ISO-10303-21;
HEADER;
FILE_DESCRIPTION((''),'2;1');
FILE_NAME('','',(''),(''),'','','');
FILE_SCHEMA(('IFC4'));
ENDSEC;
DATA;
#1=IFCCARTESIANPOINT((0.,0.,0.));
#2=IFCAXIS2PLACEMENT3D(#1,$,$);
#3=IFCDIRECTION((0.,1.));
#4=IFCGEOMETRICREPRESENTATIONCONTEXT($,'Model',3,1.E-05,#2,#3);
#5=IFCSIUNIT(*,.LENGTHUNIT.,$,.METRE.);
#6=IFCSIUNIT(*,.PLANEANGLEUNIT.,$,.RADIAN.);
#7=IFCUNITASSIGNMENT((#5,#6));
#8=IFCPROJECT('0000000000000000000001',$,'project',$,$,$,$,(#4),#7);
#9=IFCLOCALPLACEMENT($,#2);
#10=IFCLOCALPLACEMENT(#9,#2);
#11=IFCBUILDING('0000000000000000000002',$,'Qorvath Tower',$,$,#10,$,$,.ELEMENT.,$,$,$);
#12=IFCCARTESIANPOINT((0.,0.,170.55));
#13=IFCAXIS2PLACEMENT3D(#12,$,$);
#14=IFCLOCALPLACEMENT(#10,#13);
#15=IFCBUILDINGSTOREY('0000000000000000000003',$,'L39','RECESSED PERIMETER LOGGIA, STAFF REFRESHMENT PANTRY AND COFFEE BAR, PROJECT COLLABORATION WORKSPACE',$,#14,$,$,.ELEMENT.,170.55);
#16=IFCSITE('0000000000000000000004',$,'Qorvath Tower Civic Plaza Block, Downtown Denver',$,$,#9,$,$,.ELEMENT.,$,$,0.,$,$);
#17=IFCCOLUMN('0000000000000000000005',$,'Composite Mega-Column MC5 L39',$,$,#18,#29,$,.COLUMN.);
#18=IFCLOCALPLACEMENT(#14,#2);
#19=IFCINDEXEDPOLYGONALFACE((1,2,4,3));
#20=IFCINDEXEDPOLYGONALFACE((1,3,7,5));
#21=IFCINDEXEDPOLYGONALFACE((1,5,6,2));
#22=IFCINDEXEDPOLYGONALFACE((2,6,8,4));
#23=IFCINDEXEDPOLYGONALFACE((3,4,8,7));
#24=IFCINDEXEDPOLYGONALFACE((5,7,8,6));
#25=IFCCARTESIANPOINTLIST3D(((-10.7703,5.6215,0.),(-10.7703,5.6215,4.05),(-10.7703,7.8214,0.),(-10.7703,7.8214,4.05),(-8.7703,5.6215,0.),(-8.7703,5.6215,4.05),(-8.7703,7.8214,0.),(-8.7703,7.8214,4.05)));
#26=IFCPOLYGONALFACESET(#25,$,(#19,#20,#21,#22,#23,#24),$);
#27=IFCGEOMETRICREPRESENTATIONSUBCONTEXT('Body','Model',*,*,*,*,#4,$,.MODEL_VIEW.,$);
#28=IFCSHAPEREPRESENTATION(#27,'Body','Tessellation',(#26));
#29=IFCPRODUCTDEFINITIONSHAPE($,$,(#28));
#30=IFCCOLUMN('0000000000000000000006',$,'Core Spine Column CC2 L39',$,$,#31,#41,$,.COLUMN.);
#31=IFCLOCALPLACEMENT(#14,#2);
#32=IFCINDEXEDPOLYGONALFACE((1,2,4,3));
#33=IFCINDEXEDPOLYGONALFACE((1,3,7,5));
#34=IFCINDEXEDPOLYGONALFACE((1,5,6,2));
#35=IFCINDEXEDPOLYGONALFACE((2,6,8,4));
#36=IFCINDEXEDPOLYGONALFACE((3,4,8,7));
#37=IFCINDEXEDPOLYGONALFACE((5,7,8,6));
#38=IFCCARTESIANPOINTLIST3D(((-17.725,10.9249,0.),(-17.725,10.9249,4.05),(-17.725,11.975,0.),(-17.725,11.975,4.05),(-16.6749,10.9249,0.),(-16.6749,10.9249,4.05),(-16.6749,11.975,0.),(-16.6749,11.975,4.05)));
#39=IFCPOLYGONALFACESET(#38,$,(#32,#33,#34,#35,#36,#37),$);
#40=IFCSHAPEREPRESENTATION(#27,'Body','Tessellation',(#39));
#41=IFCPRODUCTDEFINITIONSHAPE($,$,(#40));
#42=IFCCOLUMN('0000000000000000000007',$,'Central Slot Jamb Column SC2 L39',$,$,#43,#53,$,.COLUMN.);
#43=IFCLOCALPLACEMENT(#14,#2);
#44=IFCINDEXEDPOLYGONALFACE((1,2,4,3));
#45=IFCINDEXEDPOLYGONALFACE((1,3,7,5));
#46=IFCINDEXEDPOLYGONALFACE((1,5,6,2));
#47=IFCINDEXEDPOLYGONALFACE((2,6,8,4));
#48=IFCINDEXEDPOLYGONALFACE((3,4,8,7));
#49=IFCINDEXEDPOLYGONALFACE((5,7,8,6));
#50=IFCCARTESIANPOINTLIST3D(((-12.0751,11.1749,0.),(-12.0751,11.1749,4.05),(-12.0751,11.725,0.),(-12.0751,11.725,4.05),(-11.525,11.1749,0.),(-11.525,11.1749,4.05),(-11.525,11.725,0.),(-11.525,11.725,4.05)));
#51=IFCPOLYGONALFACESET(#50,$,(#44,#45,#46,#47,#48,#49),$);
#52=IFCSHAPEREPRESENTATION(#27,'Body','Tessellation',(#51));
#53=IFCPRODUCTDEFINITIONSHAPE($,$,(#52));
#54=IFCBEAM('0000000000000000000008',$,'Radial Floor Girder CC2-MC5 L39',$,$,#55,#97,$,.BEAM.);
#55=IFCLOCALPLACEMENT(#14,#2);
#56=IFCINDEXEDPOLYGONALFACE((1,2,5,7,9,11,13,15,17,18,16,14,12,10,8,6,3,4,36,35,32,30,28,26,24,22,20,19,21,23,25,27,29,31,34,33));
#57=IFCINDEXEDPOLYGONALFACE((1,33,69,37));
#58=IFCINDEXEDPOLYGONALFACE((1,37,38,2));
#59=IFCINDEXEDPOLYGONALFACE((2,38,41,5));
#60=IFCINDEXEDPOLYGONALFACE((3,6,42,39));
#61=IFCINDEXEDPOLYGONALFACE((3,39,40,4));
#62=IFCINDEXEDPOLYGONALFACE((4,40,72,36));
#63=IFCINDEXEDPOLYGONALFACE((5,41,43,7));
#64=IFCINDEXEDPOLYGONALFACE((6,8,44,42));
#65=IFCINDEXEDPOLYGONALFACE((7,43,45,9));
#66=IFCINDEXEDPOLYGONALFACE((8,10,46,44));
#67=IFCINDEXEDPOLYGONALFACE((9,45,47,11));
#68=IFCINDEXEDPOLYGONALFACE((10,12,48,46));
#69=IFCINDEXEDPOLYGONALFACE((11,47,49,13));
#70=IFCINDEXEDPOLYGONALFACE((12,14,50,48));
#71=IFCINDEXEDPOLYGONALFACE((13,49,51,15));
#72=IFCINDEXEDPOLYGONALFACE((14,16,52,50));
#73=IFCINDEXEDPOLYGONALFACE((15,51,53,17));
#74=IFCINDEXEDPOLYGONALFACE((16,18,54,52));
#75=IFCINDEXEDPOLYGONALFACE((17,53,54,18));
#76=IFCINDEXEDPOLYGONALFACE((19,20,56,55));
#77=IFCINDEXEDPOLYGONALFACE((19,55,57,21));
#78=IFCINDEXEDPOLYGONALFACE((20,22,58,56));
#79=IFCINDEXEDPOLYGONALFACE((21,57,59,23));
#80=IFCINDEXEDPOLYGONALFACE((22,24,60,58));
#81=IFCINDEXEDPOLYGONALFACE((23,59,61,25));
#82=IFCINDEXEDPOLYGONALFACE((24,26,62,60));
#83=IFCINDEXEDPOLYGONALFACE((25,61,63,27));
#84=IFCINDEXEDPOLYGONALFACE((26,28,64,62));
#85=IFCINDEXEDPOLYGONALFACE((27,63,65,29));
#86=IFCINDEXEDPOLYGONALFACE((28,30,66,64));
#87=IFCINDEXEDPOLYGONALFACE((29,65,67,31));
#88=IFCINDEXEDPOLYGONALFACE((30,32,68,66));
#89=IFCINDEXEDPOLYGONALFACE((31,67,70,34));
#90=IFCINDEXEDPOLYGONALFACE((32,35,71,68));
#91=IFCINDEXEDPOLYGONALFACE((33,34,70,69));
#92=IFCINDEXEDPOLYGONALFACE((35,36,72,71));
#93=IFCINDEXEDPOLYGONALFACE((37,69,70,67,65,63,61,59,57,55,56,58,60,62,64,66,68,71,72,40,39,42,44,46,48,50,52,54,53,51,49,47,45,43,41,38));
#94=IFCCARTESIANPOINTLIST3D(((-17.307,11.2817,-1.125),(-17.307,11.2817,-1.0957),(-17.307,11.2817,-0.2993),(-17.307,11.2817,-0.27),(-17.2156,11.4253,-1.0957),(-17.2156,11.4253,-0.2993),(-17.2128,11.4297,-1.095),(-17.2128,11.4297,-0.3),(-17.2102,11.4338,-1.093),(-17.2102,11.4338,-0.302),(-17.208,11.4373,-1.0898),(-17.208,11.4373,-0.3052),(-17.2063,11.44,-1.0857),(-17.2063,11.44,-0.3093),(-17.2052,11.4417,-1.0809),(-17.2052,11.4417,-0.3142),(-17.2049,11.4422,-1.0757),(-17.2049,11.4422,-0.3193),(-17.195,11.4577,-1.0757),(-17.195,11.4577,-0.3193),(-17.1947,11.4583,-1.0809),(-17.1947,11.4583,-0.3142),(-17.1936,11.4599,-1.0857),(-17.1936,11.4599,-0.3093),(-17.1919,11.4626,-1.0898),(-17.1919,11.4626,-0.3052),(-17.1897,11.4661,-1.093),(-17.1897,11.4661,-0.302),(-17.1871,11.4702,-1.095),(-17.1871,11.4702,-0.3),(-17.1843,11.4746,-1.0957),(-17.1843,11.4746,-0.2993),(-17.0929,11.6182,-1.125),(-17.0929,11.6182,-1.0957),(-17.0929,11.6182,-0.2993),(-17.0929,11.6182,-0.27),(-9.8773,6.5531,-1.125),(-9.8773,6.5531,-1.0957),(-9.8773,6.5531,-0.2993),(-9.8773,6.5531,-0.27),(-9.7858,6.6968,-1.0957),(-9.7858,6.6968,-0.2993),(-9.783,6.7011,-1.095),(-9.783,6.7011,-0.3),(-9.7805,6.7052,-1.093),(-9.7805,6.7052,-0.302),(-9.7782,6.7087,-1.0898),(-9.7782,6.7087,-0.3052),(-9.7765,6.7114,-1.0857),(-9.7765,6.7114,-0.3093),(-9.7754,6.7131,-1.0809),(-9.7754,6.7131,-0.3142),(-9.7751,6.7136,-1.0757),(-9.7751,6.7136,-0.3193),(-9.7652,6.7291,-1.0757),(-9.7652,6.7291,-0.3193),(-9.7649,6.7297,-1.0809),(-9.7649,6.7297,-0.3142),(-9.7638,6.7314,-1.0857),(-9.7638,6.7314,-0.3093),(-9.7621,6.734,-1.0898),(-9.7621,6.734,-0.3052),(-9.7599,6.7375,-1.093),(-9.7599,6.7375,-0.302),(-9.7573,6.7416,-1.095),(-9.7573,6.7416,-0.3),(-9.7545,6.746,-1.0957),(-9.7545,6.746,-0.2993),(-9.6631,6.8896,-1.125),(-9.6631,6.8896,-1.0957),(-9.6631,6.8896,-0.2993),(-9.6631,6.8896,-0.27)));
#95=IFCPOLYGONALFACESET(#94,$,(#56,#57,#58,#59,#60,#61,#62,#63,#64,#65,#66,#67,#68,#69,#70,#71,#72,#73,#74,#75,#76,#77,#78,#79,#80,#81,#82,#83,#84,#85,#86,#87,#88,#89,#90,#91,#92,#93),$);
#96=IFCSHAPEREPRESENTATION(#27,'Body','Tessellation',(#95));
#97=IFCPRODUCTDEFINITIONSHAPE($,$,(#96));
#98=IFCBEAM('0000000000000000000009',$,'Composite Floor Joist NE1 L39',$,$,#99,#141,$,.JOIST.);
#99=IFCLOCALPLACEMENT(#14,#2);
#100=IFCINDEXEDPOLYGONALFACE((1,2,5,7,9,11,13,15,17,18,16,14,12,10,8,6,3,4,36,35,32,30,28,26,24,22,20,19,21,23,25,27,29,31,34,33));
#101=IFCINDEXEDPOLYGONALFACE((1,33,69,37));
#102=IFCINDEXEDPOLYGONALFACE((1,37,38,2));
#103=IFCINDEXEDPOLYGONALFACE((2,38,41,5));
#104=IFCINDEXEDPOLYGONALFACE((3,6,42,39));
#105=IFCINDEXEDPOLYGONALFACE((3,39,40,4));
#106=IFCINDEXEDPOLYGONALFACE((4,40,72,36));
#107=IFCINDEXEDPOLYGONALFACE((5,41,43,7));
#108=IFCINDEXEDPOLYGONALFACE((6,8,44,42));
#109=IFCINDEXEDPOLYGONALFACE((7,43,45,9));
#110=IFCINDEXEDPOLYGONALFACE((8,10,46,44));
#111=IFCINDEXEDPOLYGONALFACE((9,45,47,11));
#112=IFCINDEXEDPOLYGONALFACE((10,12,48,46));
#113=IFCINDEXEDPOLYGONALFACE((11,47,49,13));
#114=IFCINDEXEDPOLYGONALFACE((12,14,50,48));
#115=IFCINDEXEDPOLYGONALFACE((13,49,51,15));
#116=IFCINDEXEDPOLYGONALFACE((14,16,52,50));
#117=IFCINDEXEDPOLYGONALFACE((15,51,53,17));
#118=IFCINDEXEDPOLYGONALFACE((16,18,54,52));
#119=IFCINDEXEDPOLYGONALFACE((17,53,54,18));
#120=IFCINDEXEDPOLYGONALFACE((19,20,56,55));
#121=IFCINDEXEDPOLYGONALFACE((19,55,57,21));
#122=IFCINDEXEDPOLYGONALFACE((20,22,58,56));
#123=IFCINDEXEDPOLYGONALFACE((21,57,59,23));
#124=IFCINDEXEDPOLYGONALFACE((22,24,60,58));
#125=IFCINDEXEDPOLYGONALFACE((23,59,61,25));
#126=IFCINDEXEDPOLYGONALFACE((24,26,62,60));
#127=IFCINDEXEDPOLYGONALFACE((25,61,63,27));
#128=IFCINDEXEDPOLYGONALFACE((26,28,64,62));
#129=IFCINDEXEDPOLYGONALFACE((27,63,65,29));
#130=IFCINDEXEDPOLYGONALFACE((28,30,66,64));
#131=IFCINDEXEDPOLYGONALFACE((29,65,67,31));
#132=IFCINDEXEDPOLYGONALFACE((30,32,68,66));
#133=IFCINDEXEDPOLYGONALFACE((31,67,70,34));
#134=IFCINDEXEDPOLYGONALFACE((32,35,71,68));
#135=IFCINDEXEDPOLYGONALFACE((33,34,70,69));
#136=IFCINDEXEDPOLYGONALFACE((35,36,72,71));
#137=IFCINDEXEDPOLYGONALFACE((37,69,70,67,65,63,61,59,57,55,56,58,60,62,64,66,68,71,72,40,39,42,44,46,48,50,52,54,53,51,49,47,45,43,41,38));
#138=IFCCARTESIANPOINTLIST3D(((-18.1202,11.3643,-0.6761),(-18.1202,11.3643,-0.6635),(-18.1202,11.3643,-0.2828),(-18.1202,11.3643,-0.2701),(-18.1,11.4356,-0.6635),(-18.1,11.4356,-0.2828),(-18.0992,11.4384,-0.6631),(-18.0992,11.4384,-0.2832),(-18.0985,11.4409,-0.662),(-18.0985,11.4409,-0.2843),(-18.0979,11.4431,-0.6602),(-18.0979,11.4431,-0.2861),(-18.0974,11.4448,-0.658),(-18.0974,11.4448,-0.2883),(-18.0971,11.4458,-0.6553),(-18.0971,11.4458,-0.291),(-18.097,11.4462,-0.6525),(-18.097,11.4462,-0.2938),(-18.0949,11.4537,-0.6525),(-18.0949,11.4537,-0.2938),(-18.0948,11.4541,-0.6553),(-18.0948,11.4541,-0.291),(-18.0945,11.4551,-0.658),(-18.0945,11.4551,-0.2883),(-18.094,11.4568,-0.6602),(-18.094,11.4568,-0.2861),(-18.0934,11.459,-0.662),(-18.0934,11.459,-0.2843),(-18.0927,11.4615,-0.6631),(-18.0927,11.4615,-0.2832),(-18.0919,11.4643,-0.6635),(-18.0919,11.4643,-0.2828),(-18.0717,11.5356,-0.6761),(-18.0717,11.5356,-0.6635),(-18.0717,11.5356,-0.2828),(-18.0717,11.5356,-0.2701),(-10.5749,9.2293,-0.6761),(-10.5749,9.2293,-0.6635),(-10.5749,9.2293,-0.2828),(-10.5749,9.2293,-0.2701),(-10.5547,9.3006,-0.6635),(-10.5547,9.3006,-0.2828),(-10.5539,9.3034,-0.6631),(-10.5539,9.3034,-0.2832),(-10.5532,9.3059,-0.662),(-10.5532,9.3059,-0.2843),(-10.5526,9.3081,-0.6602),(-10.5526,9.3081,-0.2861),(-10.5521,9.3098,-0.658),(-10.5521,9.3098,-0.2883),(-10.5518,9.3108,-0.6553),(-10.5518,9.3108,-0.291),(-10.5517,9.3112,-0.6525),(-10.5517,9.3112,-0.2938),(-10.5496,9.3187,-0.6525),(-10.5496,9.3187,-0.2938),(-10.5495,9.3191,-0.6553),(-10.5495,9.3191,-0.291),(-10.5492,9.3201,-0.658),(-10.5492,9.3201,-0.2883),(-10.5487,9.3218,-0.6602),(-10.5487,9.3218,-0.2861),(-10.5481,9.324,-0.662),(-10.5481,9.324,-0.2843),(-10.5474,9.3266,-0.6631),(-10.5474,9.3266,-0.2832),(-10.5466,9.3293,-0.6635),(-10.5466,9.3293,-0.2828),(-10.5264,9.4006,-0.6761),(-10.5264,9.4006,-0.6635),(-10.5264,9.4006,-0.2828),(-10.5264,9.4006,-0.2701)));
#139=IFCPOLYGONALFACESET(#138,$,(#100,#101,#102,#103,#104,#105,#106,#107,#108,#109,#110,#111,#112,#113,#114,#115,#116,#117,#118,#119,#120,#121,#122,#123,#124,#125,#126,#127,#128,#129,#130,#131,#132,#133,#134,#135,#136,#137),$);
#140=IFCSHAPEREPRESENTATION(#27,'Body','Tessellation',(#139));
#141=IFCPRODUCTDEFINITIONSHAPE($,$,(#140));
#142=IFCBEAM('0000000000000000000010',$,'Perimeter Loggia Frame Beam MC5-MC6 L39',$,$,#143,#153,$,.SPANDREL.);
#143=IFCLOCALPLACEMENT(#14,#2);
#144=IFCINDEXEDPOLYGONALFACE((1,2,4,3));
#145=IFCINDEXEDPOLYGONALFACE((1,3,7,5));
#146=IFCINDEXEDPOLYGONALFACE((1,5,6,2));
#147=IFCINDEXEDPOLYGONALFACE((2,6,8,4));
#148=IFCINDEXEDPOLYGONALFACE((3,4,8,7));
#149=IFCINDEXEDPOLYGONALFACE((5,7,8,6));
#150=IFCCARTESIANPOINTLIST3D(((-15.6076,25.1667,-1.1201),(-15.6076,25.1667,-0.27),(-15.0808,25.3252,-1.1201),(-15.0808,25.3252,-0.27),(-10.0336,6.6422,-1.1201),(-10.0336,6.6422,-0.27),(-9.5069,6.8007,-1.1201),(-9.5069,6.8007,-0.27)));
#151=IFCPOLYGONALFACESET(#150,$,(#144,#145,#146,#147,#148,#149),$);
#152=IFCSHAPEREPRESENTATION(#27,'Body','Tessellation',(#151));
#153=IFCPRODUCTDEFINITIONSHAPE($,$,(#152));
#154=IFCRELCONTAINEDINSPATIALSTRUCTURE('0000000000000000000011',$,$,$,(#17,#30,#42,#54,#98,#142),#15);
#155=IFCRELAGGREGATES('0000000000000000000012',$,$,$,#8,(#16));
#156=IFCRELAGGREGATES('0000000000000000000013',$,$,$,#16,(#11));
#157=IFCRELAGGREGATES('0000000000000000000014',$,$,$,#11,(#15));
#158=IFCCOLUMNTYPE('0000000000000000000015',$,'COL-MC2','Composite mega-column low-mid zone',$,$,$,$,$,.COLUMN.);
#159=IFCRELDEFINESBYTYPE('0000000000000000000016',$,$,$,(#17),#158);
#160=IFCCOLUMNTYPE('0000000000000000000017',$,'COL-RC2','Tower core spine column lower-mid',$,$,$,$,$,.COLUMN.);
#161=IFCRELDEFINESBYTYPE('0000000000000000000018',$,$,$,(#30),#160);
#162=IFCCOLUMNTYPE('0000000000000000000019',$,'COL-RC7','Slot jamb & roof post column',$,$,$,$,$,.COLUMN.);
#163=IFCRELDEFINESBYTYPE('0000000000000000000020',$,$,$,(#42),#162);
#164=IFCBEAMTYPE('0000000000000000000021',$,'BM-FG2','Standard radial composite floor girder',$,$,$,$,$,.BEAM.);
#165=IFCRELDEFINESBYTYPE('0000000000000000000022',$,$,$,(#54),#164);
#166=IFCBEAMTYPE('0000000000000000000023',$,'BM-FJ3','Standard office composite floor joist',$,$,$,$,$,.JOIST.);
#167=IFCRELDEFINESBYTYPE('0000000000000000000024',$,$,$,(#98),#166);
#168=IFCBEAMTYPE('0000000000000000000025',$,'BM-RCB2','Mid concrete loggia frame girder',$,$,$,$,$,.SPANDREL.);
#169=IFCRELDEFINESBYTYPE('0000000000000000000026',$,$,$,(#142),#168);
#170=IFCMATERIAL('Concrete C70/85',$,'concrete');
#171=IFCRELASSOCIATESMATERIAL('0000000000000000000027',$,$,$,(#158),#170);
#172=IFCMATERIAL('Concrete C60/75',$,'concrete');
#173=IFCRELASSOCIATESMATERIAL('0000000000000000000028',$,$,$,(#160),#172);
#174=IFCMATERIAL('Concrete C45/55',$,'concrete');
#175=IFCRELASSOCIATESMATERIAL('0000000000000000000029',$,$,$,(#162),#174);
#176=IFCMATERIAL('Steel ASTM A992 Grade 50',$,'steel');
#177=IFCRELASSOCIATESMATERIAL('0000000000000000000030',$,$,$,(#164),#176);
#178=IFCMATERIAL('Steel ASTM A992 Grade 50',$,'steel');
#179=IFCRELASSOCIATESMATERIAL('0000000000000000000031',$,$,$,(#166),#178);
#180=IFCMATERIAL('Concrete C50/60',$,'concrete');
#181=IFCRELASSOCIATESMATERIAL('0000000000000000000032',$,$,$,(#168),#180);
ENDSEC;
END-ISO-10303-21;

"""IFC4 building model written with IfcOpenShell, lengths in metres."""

from ifc_helpers import new_model, si_unit, direction, frame, origin, origin_2d, place, context, subcontext, project, spatial, rectangle, i_section, extrude, material, material_profile, profile_set, type_object, element, save


model = new_model("IFC4")

# Units and contexts
model_context = context("Model", 3, precision=1e-05, world=origin(), true_north=direction((0.0, 1.0)))
body_context = subcontext(model_context, "Body", "Model", "MODEL_VIEW")
ifc_project = project(units=[si_unit("LENGTHUNIT", "METRE"), si_unit("PLANEANGLEUNIT", "RADIAN")], contexts=[model_context])

# Site, building, storey
site_placement = place(None, origin())
site = spatial("IfcSite", under=ifc_project, at=site_placement, Name="Qorvath Tower Civic Plaza Block, Downtown Denver", CompositionType="ELEMENT", RefElevation=0.0)
building_placement = place(site_placement, origin())
building = spatial("IfcBuilding", under=site, at=building_placement, Name="Qorvath Tower", CompositionType="ELEMENT")
storey_placement = place(building_placement, frame((0.0, 0.0, 170.55)))
storey = spatial("IfcBuildingStorey", under=building, at=storey_placement, Name="L39", Description="RECESSED PERIMETER LOGGIA, STAFF REFRESHMENT PANTRY AND COFFEE BAR, PROJECT COLLABORATION WORKSPACE", CompositionType="ELEMENT", Elevation=170.55)

# Columns
ifc_material_1 = material(Name="Concrete C70/85", Category="concrete")
ifc_material_profile_1 = material_profile(ifc_material_1, rectangle(XDim=2.0, YDim=2.2, at=origin_2d()), Name="MC 2200x2000")
ifc_profile_set_1 = profile_set([ifc_material_profile_1], Name="Concrete C70/85")
column_type_1 = type_object("IfcColumnType", Name="COL-MC2", Description="Composite mega-column low-mid zone", PredefinedType="COLUMN", material=ifc_profile_set_1)
column_1_placement = place(storey_placement, frame((-9.7703, 6.7214, 0.0), z_axis=(0.0, 0.0, 1.0), x_axis=(1.0, 0.0, 0.0)))
element("IfcColumn", 1, at=column_1_placement, inside=storey, type_object=column_type_1, Name="Composite Mega-Column MC5 L39", PredefinedType="COLUMN", context=body_context, shape_type="SweptSolid", body=[
    extrude(rectangle(XDim=2.0, YDim=2.2, at=origin_2d()), origin(), (0.0, 0.0, 1.0), 4.05),
])
ifc_material_2 = material(Name="Concrete C60/75", Category="concrete")
ifc_material_profile_2 = material_profile(ifc_material_2, rectangle(XDim=1.05, YDim=1.05, at=origin_2d()), Name="RC 1050x1050")
ifc_profile_set_2 = profile_set([ifc_material_profile_2], Name="Concrete C60/75")
column_type_2 = type_object("IfcColumnType", Name="COL-RC2", Description="Tower core spine column lower-mid", PredefinedType="COLUMN", material=ifc_profile_set_2)
column_2_placement = place(storey_placement, frame((-17.2, 11.45, 0.0), z_axis=(0.0, 0.0, 1.0), x_axis=(1.0, 0.0, 0.0)))
element("IfcColumn", 2, at=column_2_placement, inside=storey, type_object=column_type_2, Name="Core Spine Column CC2 L39", PredefinedType="COLUMN", context=body_context, shape_type="SweptSolid", body=[
    extrude(rectangle(XDim=1.05, YDim=1.05, at=origin_2d()), origin(), (0.0, 0.0, 1.0), 4.05),
])
ifc_material_3 = material(Name="Concrete C45/55", Category="concrete")
ifc_material_profile_3 = material_profile(ifc_material_3, rectangle(XDim=0.55, YDim=0.55, at=origin_2d()), Name="RC 550x550")
ifc_profile_set_3 = profile_set([ifc_material_profile_3], Name="Concrete C45/55")
column_type_3 = type_object("IfcColumnType", Name="COL-RC7", Description="Slot jamb & roof post column", PredefinedType="COLUMN", material=ifc_profile_set_3)
column_3_placement = place(storey_placement, frame((-11.8, 11.45, 0.0), z_axis=(0.0, 0.0, 1.0), x_axis=(1.0, 0.0, 0.0)))
element("IfcColumn", 3, at=column_3_placement, inside=storey, type_object=column_type_3, Name="Central Slot Jamb Column SC2 L39", PredefinedType="COLUMN", context=body_context, shape_type="SweptSolid", body=[
    extrude(rectangle(XDim=0.55, YDim=0.55, at=origin_2d()), origin(), (0.0, 0.0, 1.0), 4.05),
])

# Beams
ifc_material_4 = material(Name="Steel ASTM A992 Grade 50", Category="steel")
ifc_material_profile_4 = material_profile(ifc_material_4, i_section(OverallWidth=0.3989, OverallDepth=0.855, WebThickness=0.0183, FlangeThickness=0.0293, FilletRadius=0.02, at=origin_2d()), Name="W33x201")
ifc_profile_set_4 = profile_set([ifc_material_profile_4], Name="Steel ASTM A992 Grade 50")
beam_type_1 = type_object("IfcBeamType", Name="BM-FG2", Description="Standard radial composite floor girder", PredefinedType="BEAM", material=ifc_profile_set_4)
beam_1_placement = place(storey_placement, frame((-17.2, 11.45, -0.6975), z_axis=(0.843634, -0.536919, 0.0), x_axis=(0.536919, 0.843634, 0.0)))
element("IfcBeam", 4, at=beam_1_placement, inside=storey, type_object=beam_type_1, Name="Radial Floor Girder CC2-MC5 L39", PredefinedType="BEAM", context=body_context, shape_type="SweptSolid", body=[
    extrude(i_section(OverallWidth=0.3989, OverallDepth=0.855, WebThickness=0.0183, FlangeThickness=0.0293, FilletRadius=0.02, at=origin_2d()), origin(), (0.0, 0.0, 1.0), 8.8069),
])
ifc_material_5 = material(Name="Steel ASTM A992 Grade 50", Category="steel")
ifc_material_profile_5 = material_profile(ifc_material_5, i_section(OverallWidth=0.178, OverallDepth=0.406, WebThickness=0.0078, FlangeThickness=0.0127, FilletRadius=0.011, at=origin_2d()), Name="W16x40")
ifc_profile_set_5 = profile_set([ifc_material_profile_5], Name="Steel ASTM A992 Grade 50")
beam_type_2 = type_object("IfcBeamType", Name="BM-FJ3", Description="Standard office composite floor joist", PredefinedType="JOIST", material=ifc_profile_set_5)
beam_2_placement = place(storey_placement, frame((-18.0959, 11.45, -0.4731), z_axis=(0.962222, -0.272265, 0.0), x_axis=(0.272265, 0.962222, 0.0)))
element("IfcBeam", 5, at=beam_2_placement, inside=storey, type_object=beam_type_2, Name="Composite Floor Joist NE1 L39", PredefinedType="JOIST", context=body_context, shape_type="SweptSolid", body=[
    extrude(i_section(OverallWidth=0.178, OverallDepth=0.406, WebThickness=0.0078, FlangeThickness=0.0127, FilletRadius=0.011, at=origin_2d()), origin(), (0.0, 0.0, 1.0), 7.8416),
])
ifc_material_6 = material(Name="Concrete C50/60", Category="concrete")
ifc_material_profile_6 = material_profile(ifc_material_6, rectangle(XDim=0.55, YDim=0.8501, at=origin_2d()), Name="RCB 850x550")
ifc_profile_set_6 = profile_set([ifc_material_profile_6], Name="Concrete C50/60")
beam_type_3 = type_object("IfcBeamType", Name="BM-RCB2", Description="Mid concrete loggia frame girder", PredefinedType="SPANDREL", material=ifc_profile_set_6)
beam_3_placement = place(storey_placement, frame((-9.7703, 6.7214, -0.6951), z_axis=(-0.288134, 0.95759, 0.0), x_axis=(-0.95759, -0.288134, 0.0)))
element("IfcBeam", 6, at=beam_3_placement, inside=storey, type_object=beam_type_3, Name="Perimeter Loggia Frame Beam MC5-MC6 L39", PredefinedType="SPANDREL", context=body_context, shape_type="SweptSolid", body=[
    extrude(rectangle(XDim=0.55, YDim=0.8501, at=origin_2d()), origin(), (0.0, 0.0, 1.0), 19.345),
])

save(model, "model.ifc")
